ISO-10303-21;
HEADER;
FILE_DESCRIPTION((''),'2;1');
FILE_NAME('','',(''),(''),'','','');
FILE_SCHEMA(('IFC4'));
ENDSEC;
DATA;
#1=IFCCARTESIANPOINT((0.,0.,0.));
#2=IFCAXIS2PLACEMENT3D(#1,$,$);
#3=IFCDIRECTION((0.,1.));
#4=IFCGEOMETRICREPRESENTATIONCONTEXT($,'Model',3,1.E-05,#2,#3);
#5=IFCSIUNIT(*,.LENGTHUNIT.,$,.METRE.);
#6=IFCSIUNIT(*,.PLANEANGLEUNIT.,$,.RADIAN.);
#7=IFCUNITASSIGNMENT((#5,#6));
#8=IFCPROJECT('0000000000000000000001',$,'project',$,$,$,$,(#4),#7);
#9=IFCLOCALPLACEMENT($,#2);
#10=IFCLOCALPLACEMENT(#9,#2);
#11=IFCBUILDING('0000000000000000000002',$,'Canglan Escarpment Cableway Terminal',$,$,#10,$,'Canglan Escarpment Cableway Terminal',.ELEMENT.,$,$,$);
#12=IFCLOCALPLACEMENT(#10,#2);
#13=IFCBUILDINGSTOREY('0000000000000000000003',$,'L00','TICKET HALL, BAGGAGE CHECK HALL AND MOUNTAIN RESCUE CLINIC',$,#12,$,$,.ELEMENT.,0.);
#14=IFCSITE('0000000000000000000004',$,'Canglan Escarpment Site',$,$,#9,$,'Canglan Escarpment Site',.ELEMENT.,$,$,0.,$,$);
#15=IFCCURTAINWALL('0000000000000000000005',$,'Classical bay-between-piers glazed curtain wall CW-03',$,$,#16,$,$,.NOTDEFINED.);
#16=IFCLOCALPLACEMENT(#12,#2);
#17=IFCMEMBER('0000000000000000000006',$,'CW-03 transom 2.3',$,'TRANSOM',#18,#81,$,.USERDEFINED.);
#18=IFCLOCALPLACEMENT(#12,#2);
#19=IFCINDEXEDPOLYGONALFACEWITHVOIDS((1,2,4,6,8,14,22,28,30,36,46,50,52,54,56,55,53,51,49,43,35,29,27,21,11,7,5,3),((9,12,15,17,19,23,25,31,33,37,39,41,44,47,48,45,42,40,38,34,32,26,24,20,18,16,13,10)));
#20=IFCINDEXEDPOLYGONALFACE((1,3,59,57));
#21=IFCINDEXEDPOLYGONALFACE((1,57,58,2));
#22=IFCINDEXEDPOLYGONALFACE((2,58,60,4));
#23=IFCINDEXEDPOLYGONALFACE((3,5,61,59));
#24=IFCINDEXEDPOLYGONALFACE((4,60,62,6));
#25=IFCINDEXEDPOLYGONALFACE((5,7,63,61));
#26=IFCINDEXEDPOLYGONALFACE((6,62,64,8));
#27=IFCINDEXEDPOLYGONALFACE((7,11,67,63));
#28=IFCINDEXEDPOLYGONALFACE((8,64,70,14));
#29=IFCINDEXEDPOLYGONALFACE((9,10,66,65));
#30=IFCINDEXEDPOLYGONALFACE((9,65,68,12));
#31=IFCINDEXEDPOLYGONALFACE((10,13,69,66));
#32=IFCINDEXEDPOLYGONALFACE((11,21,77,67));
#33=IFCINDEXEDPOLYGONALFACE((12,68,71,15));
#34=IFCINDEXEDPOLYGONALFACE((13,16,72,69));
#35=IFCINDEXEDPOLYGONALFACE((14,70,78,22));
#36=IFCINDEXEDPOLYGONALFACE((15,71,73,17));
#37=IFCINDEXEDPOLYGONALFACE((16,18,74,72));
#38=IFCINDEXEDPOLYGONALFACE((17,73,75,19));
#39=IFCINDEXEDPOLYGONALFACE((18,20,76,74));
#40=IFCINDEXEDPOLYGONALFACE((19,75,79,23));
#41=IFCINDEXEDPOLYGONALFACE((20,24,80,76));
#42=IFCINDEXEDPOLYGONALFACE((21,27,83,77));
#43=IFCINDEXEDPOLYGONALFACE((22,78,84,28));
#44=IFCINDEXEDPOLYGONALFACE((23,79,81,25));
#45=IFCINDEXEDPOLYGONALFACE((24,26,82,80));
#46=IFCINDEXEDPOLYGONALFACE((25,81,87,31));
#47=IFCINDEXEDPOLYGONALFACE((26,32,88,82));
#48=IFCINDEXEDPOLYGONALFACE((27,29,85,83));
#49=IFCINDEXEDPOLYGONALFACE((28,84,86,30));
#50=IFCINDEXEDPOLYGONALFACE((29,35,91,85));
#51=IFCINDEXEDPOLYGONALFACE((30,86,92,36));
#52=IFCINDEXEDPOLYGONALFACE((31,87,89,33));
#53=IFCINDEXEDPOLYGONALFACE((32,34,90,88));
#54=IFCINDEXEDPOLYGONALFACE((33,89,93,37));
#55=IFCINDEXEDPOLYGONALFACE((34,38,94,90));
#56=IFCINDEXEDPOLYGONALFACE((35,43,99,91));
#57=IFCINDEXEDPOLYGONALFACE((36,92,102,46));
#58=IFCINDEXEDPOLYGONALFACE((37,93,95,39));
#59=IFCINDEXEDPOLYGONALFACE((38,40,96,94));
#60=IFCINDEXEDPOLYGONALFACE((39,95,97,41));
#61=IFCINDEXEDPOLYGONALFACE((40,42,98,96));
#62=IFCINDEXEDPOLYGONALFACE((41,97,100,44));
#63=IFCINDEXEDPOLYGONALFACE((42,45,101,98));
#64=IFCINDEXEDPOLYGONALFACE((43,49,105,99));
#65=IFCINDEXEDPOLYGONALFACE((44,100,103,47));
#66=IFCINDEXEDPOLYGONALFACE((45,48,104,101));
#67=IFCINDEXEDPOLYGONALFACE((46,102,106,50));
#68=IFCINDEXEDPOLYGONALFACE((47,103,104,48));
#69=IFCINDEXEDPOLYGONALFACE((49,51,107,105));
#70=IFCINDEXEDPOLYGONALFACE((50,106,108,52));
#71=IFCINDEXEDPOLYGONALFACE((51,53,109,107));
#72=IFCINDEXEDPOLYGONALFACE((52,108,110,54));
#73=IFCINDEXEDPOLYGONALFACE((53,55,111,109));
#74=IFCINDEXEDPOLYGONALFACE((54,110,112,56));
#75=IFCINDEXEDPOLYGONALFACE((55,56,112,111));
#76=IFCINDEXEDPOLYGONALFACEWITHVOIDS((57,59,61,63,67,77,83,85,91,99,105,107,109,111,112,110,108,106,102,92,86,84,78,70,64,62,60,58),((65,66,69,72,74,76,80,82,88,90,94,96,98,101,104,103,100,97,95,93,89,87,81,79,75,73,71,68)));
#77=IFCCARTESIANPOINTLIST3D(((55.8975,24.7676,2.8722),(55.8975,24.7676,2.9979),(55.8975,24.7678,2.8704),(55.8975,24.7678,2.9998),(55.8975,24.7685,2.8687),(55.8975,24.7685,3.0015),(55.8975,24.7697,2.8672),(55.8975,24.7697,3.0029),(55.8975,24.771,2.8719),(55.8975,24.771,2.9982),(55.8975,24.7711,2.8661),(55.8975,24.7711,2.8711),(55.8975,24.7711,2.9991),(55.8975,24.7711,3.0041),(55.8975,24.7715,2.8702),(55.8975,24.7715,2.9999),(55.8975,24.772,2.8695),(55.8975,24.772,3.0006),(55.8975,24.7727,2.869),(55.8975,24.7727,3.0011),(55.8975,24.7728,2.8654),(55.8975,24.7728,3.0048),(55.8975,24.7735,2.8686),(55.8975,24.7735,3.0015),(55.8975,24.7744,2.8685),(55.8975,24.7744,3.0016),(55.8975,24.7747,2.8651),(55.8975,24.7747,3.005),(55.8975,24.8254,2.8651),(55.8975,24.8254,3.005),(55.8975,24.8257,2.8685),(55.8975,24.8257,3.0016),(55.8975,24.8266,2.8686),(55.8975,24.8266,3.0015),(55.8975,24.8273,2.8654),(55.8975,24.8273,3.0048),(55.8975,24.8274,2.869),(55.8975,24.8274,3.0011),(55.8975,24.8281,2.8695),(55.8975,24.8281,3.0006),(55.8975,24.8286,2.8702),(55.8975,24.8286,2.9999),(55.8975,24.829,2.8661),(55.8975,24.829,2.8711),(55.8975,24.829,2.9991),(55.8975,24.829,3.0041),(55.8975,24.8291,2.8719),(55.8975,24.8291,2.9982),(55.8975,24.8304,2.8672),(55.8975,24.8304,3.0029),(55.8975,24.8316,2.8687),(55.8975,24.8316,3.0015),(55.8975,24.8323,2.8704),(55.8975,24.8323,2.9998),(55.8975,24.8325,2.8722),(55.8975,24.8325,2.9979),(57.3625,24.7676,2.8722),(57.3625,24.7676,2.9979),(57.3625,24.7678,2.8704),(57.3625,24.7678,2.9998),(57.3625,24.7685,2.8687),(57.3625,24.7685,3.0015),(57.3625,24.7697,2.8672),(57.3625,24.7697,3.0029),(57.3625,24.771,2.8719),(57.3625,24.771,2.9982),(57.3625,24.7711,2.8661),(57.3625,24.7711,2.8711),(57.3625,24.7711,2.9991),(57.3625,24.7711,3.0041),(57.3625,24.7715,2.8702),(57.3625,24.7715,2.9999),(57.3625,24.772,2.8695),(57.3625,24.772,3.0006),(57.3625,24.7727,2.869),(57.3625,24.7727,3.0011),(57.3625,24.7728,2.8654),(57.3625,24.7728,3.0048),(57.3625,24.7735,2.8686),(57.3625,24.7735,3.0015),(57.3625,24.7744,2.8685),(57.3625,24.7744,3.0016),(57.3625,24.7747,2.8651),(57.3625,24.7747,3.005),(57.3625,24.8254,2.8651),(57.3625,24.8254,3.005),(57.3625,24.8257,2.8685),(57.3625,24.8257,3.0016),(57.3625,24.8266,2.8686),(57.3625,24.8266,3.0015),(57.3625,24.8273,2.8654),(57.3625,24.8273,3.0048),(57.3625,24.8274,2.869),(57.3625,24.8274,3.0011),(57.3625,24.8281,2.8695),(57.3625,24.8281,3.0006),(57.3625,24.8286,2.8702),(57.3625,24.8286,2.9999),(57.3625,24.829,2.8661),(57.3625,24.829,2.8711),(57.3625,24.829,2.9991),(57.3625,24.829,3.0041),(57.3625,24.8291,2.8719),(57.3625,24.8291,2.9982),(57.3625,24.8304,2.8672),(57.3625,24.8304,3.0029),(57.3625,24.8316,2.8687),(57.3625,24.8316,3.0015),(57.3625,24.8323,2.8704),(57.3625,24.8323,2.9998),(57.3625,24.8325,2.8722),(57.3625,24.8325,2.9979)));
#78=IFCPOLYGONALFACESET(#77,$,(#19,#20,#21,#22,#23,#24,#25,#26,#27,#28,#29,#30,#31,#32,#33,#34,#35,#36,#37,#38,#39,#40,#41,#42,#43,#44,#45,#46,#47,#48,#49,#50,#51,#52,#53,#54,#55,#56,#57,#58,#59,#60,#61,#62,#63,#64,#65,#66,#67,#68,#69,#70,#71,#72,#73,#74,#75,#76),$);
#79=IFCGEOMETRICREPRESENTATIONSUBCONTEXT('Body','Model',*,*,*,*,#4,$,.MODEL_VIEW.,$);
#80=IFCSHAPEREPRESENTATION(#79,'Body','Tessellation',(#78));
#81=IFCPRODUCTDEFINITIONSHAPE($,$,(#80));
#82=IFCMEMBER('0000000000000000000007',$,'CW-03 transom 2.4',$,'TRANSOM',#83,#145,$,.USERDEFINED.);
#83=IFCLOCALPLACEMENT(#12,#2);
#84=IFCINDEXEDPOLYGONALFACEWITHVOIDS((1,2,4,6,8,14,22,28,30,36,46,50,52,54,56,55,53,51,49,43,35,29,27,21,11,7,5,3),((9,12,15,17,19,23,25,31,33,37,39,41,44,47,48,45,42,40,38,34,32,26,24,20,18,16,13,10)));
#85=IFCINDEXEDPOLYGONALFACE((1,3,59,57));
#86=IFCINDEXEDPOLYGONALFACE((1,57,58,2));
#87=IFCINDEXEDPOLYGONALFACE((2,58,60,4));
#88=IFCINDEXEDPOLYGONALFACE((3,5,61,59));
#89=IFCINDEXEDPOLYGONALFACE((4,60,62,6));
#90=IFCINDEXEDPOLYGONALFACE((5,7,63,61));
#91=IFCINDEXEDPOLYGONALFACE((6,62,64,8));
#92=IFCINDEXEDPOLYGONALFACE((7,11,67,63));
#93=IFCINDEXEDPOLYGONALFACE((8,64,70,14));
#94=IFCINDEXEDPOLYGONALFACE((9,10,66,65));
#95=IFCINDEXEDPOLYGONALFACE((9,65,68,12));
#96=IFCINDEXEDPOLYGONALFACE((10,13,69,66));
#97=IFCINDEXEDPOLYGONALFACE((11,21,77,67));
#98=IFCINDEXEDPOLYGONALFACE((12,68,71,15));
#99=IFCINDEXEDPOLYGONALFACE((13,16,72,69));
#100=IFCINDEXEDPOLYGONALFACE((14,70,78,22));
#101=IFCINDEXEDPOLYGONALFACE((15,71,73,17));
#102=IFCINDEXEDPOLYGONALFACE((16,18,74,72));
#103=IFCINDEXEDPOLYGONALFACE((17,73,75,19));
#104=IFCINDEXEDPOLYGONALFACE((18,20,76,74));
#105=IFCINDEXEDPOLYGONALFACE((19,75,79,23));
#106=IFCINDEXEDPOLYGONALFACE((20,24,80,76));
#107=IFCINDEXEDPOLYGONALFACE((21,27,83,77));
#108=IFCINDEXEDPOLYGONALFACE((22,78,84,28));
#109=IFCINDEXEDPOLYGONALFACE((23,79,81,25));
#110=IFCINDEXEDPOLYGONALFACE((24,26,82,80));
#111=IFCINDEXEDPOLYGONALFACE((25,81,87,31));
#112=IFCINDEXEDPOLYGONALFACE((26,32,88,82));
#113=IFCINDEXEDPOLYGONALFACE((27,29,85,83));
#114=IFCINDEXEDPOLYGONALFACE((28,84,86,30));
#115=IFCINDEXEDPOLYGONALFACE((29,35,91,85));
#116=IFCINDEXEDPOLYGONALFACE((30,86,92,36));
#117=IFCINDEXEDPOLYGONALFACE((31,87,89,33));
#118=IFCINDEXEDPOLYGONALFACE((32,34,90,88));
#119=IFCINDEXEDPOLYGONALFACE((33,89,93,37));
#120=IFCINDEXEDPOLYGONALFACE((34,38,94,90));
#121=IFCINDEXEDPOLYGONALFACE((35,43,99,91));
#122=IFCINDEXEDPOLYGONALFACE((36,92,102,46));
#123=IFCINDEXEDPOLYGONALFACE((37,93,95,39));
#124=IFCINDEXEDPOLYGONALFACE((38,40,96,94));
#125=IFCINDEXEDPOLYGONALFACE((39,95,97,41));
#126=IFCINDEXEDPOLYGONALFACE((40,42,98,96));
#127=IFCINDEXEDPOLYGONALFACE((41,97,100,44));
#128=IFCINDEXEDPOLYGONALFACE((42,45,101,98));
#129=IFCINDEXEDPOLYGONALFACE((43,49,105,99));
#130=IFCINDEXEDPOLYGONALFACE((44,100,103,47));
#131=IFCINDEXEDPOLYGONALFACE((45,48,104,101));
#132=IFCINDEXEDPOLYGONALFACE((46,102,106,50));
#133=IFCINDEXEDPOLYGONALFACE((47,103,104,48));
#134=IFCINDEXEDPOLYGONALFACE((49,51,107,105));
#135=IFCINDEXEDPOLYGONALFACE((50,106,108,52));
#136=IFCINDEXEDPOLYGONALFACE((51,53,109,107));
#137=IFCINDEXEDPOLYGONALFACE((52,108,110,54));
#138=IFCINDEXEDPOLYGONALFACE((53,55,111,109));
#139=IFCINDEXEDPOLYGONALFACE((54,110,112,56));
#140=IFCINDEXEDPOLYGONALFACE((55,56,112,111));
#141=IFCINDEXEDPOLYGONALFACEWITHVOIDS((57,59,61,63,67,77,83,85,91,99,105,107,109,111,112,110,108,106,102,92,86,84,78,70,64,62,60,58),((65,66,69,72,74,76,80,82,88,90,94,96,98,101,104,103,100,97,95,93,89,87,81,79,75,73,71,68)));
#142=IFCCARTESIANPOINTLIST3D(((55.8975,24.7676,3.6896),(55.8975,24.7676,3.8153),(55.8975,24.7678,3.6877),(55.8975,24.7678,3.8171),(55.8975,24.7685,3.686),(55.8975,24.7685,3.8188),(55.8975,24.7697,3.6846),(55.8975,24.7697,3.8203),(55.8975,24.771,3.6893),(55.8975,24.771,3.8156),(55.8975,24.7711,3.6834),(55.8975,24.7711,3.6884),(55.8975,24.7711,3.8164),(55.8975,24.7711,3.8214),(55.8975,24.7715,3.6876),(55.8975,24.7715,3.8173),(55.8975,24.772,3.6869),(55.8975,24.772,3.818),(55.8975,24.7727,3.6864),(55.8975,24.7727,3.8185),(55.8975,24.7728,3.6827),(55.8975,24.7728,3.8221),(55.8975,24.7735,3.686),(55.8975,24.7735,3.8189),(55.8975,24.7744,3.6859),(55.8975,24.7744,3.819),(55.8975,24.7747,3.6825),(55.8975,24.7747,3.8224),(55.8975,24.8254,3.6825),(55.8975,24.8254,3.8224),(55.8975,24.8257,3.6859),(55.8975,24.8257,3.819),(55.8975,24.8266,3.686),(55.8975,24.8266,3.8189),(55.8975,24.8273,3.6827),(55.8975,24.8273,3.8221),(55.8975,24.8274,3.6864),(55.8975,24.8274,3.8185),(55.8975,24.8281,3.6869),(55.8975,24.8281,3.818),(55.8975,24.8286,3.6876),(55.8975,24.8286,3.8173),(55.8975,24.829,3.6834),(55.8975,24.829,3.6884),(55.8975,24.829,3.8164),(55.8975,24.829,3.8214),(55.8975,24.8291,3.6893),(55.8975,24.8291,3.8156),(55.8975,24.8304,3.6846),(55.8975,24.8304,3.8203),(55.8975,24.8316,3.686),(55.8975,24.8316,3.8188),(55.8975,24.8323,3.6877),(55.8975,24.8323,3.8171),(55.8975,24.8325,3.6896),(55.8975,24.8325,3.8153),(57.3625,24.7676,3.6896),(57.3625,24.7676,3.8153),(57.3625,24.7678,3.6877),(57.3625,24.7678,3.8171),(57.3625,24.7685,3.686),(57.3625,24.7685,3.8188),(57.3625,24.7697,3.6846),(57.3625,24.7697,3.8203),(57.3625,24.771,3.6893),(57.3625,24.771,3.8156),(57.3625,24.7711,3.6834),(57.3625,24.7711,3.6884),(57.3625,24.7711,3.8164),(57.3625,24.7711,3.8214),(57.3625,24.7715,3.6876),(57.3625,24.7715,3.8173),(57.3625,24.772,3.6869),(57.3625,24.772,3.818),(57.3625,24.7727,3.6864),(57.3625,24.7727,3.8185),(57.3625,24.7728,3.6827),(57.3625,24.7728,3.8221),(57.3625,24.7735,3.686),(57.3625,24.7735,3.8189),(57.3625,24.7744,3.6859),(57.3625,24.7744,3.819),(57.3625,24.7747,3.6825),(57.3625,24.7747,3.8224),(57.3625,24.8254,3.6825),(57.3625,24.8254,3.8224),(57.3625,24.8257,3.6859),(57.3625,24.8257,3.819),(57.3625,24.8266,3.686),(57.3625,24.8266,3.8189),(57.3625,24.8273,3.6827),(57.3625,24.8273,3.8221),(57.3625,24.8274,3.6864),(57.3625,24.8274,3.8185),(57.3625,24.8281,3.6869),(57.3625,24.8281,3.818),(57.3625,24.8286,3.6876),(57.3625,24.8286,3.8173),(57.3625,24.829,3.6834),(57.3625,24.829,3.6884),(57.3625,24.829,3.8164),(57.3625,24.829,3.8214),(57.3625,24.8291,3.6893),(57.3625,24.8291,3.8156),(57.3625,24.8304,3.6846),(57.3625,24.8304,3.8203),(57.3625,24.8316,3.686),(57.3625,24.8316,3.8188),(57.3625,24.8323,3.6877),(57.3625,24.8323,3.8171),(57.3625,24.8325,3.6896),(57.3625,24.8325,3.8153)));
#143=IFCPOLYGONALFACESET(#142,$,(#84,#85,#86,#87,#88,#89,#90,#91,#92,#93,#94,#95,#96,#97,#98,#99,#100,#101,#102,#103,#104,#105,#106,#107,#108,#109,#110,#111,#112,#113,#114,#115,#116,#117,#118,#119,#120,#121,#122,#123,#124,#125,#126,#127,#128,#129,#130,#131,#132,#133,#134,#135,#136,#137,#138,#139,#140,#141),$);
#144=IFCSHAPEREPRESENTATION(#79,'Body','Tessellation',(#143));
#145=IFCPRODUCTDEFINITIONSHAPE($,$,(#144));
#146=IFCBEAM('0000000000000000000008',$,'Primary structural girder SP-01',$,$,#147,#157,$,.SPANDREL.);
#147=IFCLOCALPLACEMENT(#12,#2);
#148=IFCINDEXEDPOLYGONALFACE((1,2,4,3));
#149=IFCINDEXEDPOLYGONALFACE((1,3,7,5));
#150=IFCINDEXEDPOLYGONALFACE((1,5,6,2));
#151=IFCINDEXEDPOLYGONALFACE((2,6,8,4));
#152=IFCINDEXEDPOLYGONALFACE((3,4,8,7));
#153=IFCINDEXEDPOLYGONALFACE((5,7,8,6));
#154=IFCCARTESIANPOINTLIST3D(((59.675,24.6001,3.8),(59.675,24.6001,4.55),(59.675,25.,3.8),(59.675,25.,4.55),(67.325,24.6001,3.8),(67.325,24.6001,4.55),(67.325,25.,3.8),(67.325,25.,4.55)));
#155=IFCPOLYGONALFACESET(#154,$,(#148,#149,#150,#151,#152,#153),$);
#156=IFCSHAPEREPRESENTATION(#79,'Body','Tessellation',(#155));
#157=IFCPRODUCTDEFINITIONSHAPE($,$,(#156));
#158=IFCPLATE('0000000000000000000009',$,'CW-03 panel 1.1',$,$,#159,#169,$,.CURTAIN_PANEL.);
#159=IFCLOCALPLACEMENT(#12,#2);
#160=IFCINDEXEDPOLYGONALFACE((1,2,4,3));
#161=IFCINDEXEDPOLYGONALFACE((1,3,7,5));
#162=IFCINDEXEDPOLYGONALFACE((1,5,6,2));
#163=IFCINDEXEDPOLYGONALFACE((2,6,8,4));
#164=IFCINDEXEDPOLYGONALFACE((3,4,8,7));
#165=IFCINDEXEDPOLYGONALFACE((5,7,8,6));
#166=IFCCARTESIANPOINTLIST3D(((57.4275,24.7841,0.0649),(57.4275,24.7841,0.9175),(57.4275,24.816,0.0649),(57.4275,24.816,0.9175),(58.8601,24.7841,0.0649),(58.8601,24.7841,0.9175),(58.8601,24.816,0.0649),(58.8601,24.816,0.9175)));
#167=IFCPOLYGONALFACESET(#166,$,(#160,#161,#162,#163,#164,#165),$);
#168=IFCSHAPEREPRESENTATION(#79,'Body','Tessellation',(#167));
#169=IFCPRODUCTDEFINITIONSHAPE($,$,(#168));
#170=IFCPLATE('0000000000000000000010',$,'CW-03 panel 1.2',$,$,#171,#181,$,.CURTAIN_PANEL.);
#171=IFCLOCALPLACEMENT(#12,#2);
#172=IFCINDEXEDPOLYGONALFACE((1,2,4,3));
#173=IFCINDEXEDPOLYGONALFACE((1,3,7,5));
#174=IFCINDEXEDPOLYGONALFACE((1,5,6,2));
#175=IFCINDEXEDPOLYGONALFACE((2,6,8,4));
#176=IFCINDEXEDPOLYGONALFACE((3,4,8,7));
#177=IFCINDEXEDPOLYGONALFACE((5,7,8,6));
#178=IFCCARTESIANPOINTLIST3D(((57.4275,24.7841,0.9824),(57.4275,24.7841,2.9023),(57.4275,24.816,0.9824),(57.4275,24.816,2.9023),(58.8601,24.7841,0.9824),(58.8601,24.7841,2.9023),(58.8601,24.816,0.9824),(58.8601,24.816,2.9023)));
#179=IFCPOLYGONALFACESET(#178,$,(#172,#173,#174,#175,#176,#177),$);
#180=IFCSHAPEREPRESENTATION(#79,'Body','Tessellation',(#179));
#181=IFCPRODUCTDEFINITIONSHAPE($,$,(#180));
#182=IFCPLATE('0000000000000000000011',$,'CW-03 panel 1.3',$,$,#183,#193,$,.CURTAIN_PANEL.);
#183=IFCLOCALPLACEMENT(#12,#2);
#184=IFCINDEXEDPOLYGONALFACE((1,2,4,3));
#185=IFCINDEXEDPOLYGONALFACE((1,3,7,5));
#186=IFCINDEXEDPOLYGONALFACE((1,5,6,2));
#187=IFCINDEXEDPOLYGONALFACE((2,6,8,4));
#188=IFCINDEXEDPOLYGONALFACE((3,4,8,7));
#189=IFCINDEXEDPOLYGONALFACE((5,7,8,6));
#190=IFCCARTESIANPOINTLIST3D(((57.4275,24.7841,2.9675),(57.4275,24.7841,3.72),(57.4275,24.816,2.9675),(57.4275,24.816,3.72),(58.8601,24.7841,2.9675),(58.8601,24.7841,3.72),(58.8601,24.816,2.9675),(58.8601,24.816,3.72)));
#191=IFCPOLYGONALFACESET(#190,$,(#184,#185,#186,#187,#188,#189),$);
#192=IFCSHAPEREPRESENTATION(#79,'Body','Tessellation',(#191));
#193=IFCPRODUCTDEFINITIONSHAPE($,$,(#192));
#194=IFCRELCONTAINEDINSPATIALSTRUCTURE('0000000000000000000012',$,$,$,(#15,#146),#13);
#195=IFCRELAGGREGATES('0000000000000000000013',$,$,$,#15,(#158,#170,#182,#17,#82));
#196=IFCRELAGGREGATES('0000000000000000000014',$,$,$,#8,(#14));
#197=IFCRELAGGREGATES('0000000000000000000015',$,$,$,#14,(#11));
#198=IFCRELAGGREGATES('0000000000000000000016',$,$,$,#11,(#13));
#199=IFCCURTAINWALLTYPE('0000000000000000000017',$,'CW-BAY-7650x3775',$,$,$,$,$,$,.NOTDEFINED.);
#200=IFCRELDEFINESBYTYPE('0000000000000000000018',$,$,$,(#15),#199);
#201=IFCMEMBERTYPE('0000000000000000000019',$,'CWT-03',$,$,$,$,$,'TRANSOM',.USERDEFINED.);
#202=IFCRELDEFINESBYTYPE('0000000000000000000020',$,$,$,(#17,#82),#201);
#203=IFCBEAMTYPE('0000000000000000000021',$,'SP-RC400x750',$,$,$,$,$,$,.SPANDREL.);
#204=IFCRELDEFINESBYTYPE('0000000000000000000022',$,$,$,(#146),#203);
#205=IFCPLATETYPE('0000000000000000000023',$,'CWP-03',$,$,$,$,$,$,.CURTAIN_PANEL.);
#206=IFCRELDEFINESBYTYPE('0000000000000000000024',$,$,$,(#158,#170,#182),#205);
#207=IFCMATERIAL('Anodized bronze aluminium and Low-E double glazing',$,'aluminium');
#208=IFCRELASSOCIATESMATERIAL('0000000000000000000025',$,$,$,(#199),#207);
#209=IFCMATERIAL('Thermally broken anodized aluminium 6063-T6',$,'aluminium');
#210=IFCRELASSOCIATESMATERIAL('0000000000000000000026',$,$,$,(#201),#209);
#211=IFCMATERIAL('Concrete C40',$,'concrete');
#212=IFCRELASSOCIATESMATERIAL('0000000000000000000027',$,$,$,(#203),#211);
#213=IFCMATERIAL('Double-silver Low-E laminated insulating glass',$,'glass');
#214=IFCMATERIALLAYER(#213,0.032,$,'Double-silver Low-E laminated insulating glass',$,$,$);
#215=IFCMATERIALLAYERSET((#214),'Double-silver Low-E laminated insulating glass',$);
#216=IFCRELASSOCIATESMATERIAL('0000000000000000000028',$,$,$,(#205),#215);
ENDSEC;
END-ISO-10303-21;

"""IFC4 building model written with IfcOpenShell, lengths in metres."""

from ifc_helpers import new_model, si_unit, direction, frame, origin, origin_2d, place, context, subcontext, project, spatial, rectangle, hollow_rectangle, extrude, material, layer, layer_set, material_profile, profile_set, type_object, element, aggregate, save


model = new_model("IFC4")

# Units and contexts
model_context = context("Model", 3, precision=1e-05, world=origin(), true_north=direction((0.0, 1.0)))
body_context = subcontext(model_context, "Body", "Model", "MODEL_VIEW")
ifc_project = project(units=[si_unit("LENGTHUNIT", "METRE"), si_unit("PLANEANGLEUNIT", "RADIAN")], contexts=[model_context])

# Site, building, storey
site_placement = place(None, origin())
site = spatial("IfcSite", under=ifc_project, at=site_placement, Name="Canglan Escarpment Site", LongName="Canglan Escarpment Site", CompositionType="ELEMENT", RefElevation=0.0)
building_placement = place(site_placement, origin())
building = spatial("IfcBuilding", under=site, at=building_placement, Name="Canglan Escarpment Cableway Terminal", LongName="Canglan Escarpment Cableway Terminal", CompositionType="ELEMENT")
storey_placement = place(building_placement, origin())
storey = spatial("IfcBuildingStorey", under=building, at=storey_placement, Name="L00", Description="TICKET HALL, BAGGAGE CHECK HALL AND MOUNTAIN RESCUE CLINIC", CompositionType="ELEMENT", Elevation=0.0)

# Shared definitions
ifc_material_1 = material(Name="Concrete C40", Category="concrete")

# Curtain wall, members
ifc_material_2 = material(Name="Anodized bronze aluminium and Low-E double glazing", Category="aluminium")
curtain_wall_type = type_object("IfcCurtainWallType", Name="CW-BAY-7650x3775", PredefinedType="NOTDEFINED", material=ifc_material_2)
curtain_wall_placement = place(storey_placement, origin())
curtain_wall = element("IfcCurtainWall", 1, at=curtain_wall_placement, inside=storey, type_object=curtain_wall_type, Name="Classical bay-between-piers glazed curtain wall CW-03", PredefinedType="NOTDEFINED")
ifc_material_3 = material(Name="Thermally broken anodized aluminium 6063-T6", Category="aluminium")
ifc_material_profile_1 = material_profile(ifc_material_3, hollow_rectangle(XDim=0.0649, YDim=0.1399, WallThickness=0.0034, InnerFilletRadius=0.0034, OuterFilletRadius=0.0071, at=origin_2d()), Name="ALU-TRAN 65x140x3.5")
ifc_profile_set_1 = profile_set([ifc_material_profile_1], Name="Thermally broken anodized aluminium 6063-T6")
member_type_1 = type_object("IfcMemberType", Name="CWT-03", ElementType="TRANSOM", PredefinedType="USERDEFINED", material=ifc_profile_set_1)
member_1_placement = place(storey_placement, frame((57.3625, 24.8, 2.9351), z_axis=(-1.0, 0.0, 0.0), x_axis=(0.0, -1.0, 0.0)))
member_1 = element("IfcMember", 2, at=member_1_placement, type_object=member_type_1, Name="CW-03 transom 2.3", ObjectType="TRANSOM", PredefinedType="USERDEFINED", context=body_context, shape_type="SweptSolid", body=[
    extrude(hollow_rectangle(XDim=0.0649, YDim=0.1399, WallThickness=0.0034, InnerFilletRadius=0.0034, OuterFilletRadius=0.0071, at=origin_2d()), origin(), (0.0, 0.0, 1.0), 1.4651),
])
member_2_placement = place(storey_placement, frame((57.3625, 24.8, 3.7524), z_axis=(-1.0, 0.0, 0.0), x_axis=(0.0, -1.0, 0.0)))
member_2 = element("IfcMember", 3, at=member_2_placement, type_object=member_type_1, Name="CW-03 transom 2.4", ObjectType="TRANSOM", PredefinedType="USERDEFINED", context=body_context, shape_type="SweptSolid", body=[
    extrude(hollow_rectangle(XDim=0.0649, YDim=0.1399, WallThickness=0.0034, InnerFilletRadius=0.0034, OuterFilletRadius=0.0071, at=origin_2d()), origin(), (0.0, 0.0, 1.0), 1.4651),
])

# Beam
ifc_material_profile_2 = material_profile(ifc_material_1, rectangle(XDim=0.3999, YDim=0.75, at=origin_2d()), Name="RC 400x750")
ifc_profile_set_2 = profile_set([ifc_material_profile_2], Name="Concrete C40")
beam_type = type_object("IfcBeamType", Name="SP-RC400x750", PredefinedType="SPANDREL", material=ifc_profile_set_2)
beam_placement = place(storey_placement, frame((59.675, 24.8, 4.175), z_axis=(1.0, 0.0, 0.0), x_axis=(0.0, 1.0, 0.0)))
element("IfcBeam", 4, at=beam_placement, inside=storey, type_object=beam_type, Name="Primary structural girder SP-01", PredefinedType="SPANDREL", context=body_context, shape_type="SweptSolid", body=[
    extrude(rectangle(XDim=0.3999, YDim=0.75, at=origin_2d()), origin(), (0.0, 0.0, 1.0), 7.6499),
])

# Plates
ifc_material_4 = material(Name="Double-silver Low-E laminated insulating glass", Category="glass")
ifc_layer = layer(ifc_material_4, 0.032, Name="Double-silver Low-E laminated insulating glass")
ifc_layer_set = layer_set([ifc_layer], Name="Double-silver Low-E laminated insulating glass")
plate_type = type_object("IfcPlateType", Name="CWP-03", PredefinedType="CURTAIN_PANEL", material=ifc_layer_set)
plate_1_placement = place(storey_placement, frame((58.1438, 24.8, 0.0649), z_axis=(0.0, 0.0, 1.0), x_axis=(-1.0, 0.0, 0.0)))
plate_1 = element("IfcPlate", 5, at=plate_1_placement, type_object=plate_type, Name="CW-03 panel 1.1", PredefinedType="CURTAIN_PANEL", context=body_context, shape_type="SweptSolid", body=[
    extrude(rectangle(XDim=1.4326, YDim=0.032, at=origin_2d()), origin(), (0.0, 0.0, 1.0), 0.8525),
])
plate_2_placement = place(storey_placement, frame((58.1438, 24.8, 0.9824), z_axis=(0.0, 0.0, 1.0), x_axis=(-1.0, 0.0, 0.0)))
plate_2 = element("IfcPlate", 6, at=plate_2_placement, type_object=plate_type, Name="CW-03 panel 1.2", PredefinedType="CURTAIN_PANEL", context=body_context, shape_type="SweptSolid", body=[
    extrude(rectangle(XDim=1.4326, YDim=0.032, at=origin_2d()), origin(), (0.0, 0.0, 1.0), 1.9199),
])
plate_3_placement = place(storey_placement, frame((58.1438, 24.8, 2.9675), z_axis=(0.0, 0.0, 1.0), x_axis=(-1.0, 0.0, 0.0)))
plate_3 = element("IfcPlate", 7, at=plate_3_placement, type_object=plate_type, Name="CW-03 panel 1.3", PredefinedType="CURTAIN_PANEL", context=body_context, shape_type="SweptSolid", body=[
    extrude(rectangle(XDim=1.4326, YDim=0.032, at=origin_2d()), origin(), (0.0, 0.0, 1.0), 0.7524),
])
aggregate(curtain_wall, [plate_1, plate_2, plate_3, member_1, member_2])

save(model, "model.ifc")
